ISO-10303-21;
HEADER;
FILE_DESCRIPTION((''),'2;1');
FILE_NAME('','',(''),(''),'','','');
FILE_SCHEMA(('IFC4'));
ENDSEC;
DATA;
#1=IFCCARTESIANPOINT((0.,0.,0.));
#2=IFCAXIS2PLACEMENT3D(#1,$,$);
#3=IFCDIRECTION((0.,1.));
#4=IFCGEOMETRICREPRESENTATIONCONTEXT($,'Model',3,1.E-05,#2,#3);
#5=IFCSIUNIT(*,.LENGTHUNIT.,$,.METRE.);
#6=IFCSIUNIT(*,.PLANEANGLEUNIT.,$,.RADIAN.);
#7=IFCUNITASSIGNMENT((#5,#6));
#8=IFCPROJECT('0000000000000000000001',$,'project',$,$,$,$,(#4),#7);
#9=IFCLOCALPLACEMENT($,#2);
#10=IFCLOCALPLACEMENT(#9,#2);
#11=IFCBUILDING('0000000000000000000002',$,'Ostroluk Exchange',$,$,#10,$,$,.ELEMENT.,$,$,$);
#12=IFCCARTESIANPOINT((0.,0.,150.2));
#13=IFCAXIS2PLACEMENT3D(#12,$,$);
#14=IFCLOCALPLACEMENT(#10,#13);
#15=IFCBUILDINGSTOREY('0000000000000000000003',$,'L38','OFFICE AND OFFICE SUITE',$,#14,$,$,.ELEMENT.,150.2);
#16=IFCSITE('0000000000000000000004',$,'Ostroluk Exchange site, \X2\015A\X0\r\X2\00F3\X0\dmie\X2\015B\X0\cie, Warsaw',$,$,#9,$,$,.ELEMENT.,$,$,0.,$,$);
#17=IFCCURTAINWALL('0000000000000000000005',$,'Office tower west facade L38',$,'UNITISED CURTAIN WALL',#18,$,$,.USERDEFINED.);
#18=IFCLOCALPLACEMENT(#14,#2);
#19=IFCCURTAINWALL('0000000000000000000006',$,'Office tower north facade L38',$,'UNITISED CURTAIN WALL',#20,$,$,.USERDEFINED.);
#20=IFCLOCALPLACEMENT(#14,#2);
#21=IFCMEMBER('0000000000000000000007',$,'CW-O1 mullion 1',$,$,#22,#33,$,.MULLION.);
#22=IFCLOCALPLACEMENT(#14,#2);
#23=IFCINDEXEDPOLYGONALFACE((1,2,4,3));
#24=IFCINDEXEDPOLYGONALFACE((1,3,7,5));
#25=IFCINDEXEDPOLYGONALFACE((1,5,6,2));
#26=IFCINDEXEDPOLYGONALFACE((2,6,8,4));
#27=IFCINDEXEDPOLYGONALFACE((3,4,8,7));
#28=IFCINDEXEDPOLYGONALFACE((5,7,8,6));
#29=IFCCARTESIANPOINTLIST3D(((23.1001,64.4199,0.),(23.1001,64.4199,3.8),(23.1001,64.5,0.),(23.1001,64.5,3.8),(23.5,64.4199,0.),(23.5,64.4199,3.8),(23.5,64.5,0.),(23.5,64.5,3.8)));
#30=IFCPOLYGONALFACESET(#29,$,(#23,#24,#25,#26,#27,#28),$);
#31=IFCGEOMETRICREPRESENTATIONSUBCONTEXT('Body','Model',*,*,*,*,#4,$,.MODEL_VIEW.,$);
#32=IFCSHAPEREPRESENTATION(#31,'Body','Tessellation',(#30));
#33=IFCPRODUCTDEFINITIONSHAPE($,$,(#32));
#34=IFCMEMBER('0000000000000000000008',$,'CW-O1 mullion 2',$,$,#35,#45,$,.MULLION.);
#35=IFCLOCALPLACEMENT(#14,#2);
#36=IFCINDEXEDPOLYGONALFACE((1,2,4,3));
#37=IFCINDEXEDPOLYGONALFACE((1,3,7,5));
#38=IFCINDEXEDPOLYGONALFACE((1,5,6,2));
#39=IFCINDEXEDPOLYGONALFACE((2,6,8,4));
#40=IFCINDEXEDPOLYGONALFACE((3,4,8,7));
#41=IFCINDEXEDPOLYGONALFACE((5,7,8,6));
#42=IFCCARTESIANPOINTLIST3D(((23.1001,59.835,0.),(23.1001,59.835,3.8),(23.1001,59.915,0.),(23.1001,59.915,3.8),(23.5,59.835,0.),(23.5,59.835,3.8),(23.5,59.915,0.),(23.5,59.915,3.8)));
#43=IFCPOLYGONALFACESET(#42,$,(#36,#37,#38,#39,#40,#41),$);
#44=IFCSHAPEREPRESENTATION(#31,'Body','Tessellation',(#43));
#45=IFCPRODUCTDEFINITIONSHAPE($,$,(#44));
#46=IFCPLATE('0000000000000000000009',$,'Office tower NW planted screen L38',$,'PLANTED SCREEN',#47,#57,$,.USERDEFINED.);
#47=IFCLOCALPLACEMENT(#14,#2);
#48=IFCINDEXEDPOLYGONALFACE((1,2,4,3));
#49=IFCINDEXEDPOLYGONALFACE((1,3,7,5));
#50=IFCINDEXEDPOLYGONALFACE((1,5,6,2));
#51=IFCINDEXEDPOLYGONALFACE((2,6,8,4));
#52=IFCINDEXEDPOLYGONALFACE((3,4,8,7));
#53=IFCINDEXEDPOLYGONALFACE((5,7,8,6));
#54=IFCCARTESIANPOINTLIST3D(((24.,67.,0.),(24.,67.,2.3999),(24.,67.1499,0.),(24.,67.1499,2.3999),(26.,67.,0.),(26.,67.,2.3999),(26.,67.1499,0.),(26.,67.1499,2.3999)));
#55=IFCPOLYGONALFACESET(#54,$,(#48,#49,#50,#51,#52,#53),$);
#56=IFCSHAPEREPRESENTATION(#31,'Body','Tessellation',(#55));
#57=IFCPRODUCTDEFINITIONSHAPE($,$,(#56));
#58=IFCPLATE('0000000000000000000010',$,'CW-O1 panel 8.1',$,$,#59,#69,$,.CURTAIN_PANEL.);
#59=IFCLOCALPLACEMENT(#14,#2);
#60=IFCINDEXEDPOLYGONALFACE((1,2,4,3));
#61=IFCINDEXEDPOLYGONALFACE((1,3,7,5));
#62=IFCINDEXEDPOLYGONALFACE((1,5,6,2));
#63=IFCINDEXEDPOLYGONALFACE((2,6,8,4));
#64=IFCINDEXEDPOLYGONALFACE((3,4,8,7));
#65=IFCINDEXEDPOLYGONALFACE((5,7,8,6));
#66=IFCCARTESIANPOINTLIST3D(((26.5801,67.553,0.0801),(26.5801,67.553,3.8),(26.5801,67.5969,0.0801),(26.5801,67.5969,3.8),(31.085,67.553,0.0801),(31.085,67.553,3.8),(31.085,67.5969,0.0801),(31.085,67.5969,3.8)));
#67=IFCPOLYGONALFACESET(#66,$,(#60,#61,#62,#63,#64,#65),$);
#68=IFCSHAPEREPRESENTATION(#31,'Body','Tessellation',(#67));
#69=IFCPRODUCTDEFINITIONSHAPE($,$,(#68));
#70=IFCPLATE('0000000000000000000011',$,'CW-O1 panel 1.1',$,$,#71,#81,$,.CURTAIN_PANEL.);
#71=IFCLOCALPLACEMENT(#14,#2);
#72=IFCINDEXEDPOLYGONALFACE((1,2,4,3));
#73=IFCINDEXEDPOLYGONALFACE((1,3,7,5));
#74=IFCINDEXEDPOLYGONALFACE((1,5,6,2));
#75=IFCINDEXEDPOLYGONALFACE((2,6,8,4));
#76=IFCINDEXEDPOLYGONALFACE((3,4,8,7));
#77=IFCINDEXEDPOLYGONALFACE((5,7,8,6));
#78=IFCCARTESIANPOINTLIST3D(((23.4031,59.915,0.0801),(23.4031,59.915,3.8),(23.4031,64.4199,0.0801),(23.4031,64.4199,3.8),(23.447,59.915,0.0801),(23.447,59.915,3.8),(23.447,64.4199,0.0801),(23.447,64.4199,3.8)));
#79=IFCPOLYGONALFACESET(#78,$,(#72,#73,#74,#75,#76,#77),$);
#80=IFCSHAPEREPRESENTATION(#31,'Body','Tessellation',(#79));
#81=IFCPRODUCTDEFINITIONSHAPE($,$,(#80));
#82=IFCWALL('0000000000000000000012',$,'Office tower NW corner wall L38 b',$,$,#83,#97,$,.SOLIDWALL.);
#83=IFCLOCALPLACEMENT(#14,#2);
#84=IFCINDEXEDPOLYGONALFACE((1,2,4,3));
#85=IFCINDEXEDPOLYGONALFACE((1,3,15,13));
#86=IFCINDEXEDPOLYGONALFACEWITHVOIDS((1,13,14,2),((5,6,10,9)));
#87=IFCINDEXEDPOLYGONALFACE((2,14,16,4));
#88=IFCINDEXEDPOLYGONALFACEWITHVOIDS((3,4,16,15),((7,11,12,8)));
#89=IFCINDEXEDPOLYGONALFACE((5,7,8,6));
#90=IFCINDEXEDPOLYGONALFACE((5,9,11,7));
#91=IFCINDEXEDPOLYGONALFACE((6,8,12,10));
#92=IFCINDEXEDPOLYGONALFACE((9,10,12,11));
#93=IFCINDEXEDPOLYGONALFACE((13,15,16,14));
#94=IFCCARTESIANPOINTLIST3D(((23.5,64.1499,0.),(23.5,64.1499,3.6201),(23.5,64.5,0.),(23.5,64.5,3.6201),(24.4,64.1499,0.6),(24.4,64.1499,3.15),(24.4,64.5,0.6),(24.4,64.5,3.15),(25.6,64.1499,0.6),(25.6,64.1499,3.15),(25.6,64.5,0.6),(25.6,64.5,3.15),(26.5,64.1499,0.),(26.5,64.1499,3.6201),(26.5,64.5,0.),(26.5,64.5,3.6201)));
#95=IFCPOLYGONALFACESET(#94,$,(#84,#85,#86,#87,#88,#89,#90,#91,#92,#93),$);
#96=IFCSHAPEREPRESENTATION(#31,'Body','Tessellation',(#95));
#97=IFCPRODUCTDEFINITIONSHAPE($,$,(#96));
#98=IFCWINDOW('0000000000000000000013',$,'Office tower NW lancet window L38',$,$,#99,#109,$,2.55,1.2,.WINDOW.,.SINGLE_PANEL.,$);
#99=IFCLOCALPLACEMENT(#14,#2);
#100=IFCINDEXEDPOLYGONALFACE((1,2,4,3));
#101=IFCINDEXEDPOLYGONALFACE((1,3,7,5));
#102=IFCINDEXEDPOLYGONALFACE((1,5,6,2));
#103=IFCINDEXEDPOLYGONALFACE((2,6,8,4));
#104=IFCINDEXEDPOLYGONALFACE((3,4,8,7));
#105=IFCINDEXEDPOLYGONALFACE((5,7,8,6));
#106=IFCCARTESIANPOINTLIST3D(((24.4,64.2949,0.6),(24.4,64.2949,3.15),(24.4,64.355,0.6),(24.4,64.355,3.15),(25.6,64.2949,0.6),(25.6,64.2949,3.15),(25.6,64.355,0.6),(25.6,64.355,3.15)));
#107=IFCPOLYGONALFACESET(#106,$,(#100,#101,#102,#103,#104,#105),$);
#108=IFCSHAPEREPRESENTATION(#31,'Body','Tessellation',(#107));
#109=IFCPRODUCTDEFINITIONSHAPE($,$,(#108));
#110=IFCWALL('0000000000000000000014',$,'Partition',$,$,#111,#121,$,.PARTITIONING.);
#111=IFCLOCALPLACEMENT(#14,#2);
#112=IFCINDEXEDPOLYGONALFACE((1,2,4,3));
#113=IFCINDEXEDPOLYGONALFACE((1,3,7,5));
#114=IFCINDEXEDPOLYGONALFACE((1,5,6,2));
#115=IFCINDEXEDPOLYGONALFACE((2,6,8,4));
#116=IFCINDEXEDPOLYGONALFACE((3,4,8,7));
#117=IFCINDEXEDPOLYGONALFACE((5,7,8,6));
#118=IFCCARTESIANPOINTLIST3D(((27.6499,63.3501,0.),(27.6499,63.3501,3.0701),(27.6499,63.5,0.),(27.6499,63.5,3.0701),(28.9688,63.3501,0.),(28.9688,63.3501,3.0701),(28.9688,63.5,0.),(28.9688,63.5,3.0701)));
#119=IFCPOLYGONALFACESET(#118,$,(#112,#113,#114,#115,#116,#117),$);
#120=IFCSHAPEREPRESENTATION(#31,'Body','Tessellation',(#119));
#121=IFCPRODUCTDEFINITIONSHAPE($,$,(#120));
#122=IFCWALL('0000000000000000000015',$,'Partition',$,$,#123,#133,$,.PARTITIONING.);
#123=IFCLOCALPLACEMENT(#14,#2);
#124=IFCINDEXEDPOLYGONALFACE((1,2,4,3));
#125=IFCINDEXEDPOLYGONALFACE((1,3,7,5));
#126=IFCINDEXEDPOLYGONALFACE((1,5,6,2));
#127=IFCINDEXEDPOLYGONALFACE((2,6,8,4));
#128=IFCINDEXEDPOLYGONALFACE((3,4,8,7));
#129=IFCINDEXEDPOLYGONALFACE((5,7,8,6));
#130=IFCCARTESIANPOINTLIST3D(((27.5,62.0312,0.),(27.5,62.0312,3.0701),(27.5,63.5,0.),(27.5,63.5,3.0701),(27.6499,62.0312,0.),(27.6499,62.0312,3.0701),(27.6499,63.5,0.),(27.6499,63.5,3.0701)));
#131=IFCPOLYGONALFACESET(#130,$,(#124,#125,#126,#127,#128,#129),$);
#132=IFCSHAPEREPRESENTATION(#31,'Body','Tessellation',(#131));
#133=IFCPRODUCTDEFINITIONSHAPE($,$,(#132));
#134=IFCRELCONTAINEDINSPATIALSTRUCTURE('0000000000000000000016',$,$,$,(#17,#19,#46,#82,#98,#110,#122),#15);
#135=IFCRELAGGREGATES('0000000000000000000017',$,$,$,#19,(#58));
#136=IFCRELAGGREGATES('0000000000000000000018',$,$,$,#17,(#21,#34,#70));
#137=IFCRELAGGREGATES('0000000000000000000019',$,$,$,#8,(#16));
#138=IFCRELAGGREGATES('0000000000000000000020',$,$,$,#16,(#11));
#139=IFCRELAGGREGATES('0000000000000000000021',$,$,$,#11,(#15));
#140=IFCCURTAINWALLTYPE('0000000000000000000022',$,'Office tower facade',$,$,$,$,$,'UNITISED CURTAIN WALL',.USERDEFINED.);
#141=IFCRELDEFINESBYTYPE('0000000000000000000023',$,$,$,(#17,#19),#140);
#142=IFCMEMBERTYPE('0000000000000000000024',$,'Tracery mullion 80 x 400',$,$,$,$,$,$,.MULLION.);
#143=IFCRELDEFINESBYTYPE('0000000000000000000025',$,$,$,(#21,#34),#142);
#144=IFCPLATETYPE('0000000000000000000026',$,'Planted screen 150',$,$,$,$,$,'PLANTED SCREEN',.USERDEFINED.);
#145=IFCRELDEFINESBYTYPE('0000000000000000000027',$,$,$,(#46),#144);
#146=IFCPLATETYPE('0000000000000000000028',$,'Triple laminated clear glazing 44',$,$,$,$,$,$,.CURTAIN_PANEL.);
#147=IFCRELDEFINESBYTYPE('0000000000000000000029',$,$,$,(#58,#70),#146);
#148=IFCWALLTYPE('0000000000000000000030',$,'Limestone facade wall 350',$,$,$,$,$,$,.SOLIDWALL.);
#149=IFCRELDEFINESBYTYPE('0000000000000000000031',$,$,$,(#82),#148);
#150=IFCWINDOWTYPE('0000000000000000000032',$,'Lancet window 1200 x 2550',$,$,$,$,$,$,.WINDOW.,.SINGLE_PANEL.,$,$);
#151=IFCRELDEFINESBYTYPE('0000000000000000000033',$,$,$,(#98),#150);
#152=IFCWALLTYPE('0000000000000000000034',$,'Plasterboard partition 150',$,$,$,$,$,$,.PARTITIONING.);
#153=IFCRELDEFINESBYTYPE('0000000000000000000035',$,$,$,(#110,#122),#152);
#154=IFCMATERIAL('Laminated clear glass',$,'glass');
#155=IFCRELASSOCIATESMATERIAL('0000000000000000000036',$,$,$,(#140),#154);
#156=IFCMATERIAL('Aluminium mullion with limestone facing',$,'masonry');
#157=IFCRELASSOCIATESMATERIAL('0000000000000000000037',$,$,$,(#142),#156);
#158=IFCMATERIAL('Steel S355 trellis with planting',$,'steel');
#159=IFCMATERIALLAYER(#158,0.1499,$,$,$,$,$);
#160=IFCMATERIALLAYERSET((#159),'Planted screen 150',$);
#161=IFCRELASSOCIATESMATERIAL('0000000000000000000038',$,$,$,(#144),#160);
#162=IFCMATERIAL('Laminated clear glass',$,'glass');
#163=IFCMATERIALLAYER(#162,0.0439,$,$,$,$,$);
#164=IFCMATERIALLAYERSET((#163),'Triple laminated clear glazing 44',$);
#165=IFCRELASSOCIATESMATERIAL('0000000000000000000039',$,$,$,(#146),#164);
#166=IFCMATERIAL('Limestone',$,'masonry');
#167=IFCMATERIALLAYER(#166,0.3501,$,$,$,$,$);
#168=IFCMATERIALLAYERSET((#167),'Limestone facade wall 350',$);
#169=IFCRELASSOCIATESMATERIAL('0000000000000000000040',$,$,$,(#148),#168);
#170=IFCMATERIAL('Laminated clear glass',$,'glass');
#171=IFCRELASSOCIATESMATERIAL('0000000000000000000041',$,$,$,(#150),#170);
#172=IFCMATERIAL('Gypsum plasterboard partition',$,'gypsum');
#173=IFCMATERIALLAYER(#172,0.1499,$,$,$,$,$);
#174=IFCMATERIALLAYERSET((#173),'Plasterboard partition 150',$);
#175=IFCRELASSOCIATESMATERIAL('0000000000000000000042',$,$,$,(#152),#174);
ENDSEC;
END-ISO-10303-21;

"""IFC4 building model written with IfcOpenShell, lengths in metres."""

from ifc_helpers import new_model, si_unit, direction, frame, frame_2d, origin, origin_2d, place, context, subcontext, project, spatial, rectangle, extrude, material, layer, layer_set, material_profile, profile_set, type_object, element, fill, aggregate, save


model = new_model("IFC4")

# Units and contexts
model_context = context("Model", 3, precision=1e-05, world=origin(), true_north=direction((0.0, 1.0)))
body_context = subcontext(model_context, "Body", "Model", "MODEL_VIEW")
ifc_project = project(units=[si_unit("LENGTHUNIT", "METRE"), si_unit("PLANEANGLEUNIT", "RADIAN")], contexts=[model_context])

# Site, building, storey
site_placement = place(None, origin())
site = spatial("IfcSite", under=ifc_project, at=site_placement, Name="Ostroluk Exchange site, Śródmieście, Warsaw", CompositionType="ELEMENT", RefElevation=0.0)
building_placement = place(site_placement, origin())
building = spatial("IfcBuilding", under=site, at=building_placement, Name="Ostroluk Exchange", CompositionType="ELEMENT")
storey_placement = place(building_placement, frame((0.0, 0.0, 150.2)))
storey = spatial("IfcBuildingStorey", under=building, at=storey_placement, Name="L38", Description="OFFICE AND OFFICE SUITE", CompositionType="ELEMENT", Elevation=150.2)

# Curtain wall
ifc_material_1 = material(Name="Laminated clear glass", Category="glass")
curtain_wall_type = type_object("IfcCurtainWallType", Name="Office tower facade", ElementType="UNITISED CURTAIN WALL", PredefinedType="USERDEFINED", material=ifc_material_1)
curtain_wall_1_placement = place(storey_placement, origin())
curtain_wall_1 = element("IfcCurtainWall", 1, at=curtain_wall_1_placement, inside=storey, type_object=curtain_wall_type, Name="Office tower west facade L38", ObjectType="UNITISED CURTAIN WALL", PredefinedType="USERDEFINED")

# Curtain wall
curtain_wall_2_placement = place(storey_placement, origin())
curtain_wall_2 = element("IfcCurtainWall", 2, at=curtain_wall_2_placement, inside=storey, type_object=curtain_wall_type, Name="Office tower north facade L38", ObjectType="UNITISED CURTAIN WALL", PredefinedType="USERDEFINED")
ifc_material_2 = material(Name="Aluminium mullion with limestone facing", Category="masonry")
ifc_material_profile_1 = material_profile(ifc_material_2, rectangle(XDim=0.3999, YDim=0.0801, at=origin_2d()), Name="Tracery mullion 80 x 400")
ifc_profile_set_1 = profile_set([ifc_material_profile_1], Name="Aluminium mullion with limestone facing")
member_type_1 = type_object("IfcMemberType", Name="Tracery mullion 80 x 400", PredefinedType="MULLION", material=ifc_profile_set_1)

# Members
member_1_placement = place(storey_placement, frame((23.3, 64.46, 0.0), z_axis=(0.0, 0.0, 1.0), x_axis=(1.0, 0.0, 0.0)))
member_1 = element("IfcMember", 3, at=member_1_placement, type_object=member_type_1, Name="CW-O1 mullion 1", PredefinedType="MULLION", context=body_context, shape_type="SweptSolid", body=[
    extrude(rectangle(XDim=0.3999, YDim=0.0801, at=origin_2d()), origin(), (0.0, 0.0, 1.0), 3.8),
])
member_2_placement = place(storey_placement, frame((23.3, 59.875, 0.0), z_axis=(0.0, 0.0, 1.0), x_axis=(1.0, 0.0, 0.0)))
member_2 = element("IfcMember", 4, at=member_2_placement, type_object=member_type_1, Name="CW-O1 mullion 2", PredefinedType="MULLION", context=body_context, shape_type="SweptSolid", body=[
    extrude(rectangle(XDim=0.3999, YDim=0.0801, at=origin_2d()), origin(), (0.0, 0.0, 1.0), 3.8),
])

# Plates
ifc_material_3 = material(Name="Steel S355 trellis with planting", Category="steel")
ifc_layer_1 = layer(ifc_material_3, 0.1499)
ifc_layer_set_1 = layer_set([ifc_layer_1], Name="Planted screen 150")
plate_type_1 = type_object("IfcPlateType", Name="Planted screen 150", ElementType="PLANTED SCREEN", PredefinedType="USERDEFINED", material=ifc_layer_set_1)
plate_1_placement = place(storey_placement, frame((25.0, 67.075, 0.0), z_axis=(0.0, 0.0, 1.0), x_axis=(1.0, 0.0, 0.0)))
element("IfcPlate", 5, at=plate_1_placement, inside=storey, type_object=plate_type_1, Name="Office tower NW planted screen L38", ObjectType="PLANTED SCREEN", PredefinedType="USERDEFINED", context=body_context, shape_type="SweptSolid", body=[
    extrude(rectangle(XDim=2.0, YDim=0.1499, at=origin_2d()), origin(), (0.0, 0.0, 1.0), 2.3999),
])
ifc_material_4 = material(Name="Laminated clear glass", Category="glass")
ifc_layer_2 = layer(ifc_material_4, 0.0439)
ifc_layer_set_2 = layer_set([ifc_layer_2], Name="Triple laminated clear glazing 44")
plate_type_2 = type_object("IfcPlateType", Name="Triple laminated clear glazing 44", PredefinedType="CURTAIN_PANEL", material=ifc_layer_set_2)
plate_2_placement = place(storey_placement, frame((28.8325, 67.575, 0.0801), z_axis=(0.0, 0.0, 1.0), x_axis=(-1.0, 0.0, 0.0)))
plate_2 = element("IfcPlate", 6, at=plate_2_placement, type_object=plate_type_2, Name="CW-O1 panel 8.1", PredefinedType="CURTAIN_PANEL", context=body_context, shape_type="SweptSolid", body=[
    extrude(rectangle(XDim=4.5049, YDim=0.0439, at=origin_2d()), origin(), (0.0, 0.0, 1.0), 3.72),
])
aggregate(curtain_wall_2, [plate_2])
plate_3_placement = place(storey_placement, frame((23.425, 62.1675, 0.0801), z_axis=(0.0, 0.0, 1.0), x_axis=(0.0, -1.0, 0.0)))
plate_3 = element("IfcPlate", 7, at=plate_3_placement, type_object=plate_type_2, Name="CW-O1 panel 1.1", PredefinedType="CURTAIN_PANEL", context=body_context, shape_type="SweptSolid", body=[
    extrude(rectangle(XDim=4.5049, YDim=0.0439, at=origin_2d()), origin(), (0.0, 0.0, 1.0), 3.72),
])
aggregate(curtain_wall_1, [member_1, member_2, plate_3])

# Shared definitions
ifc_material_5 = material(Name="Limestone", Category="masonry")
ifc_layer_3 = layer(ifc_material_5, 0.3501)
ifc_layer_set_3 = layer_set([ifc_layer_3], Name="Limestone facade wall 350")
wall_type_1 = type_object("IfcWallType", Name="Limestone facade wall 350", PredefinedType="SOLIDWALL", material=ifc_layer_set_3)

# Wall, opening, window
wall_1_placement = place(storey_placement, frame((26.5, 64.325, 0.0), z_axis=(0.0, 0.0, 1.0), x_axis=(-1.0, 0.0, 0.0)))
wall_1 = element("IfcWall", 8, at=wall_1_placement, inside=storey, type_object=wall_type_1, Name="Office tower NW corner wall L38 b", PredefinedType="SOLIDWALL", context=body_context, shape_type="SweptSolid", body=[
    extrude(rectangle(XDim=3.0, YDim=0.3501, at=frame_2d((1.5, 0.0))), origin(), (0.0, 0.0, 1.0), 3.6201),
])
opening_1_placement = place(wall_1_placement, frame((0.8999, 0.0, 0.6001)))
opening_1 = element("IfcOpeningElement", 9, at=opening_1_placement, cuts=wall_1, PredefinedType="OPENING", context=body_context, shape_type="SweptSolid", body=[
    extrude(rectangle(XDim=1.2, YDim=2.55, at=frame_2d((0.6001, 1.2749))), frame((0.0, 0.1851, 0.0), z_axis=(0.0, -1.0, 0.0), x_axis=(1.0, 0.0, 0.0)), (0.0, 0.0, 1.0), 0.3701),
])
ifc_material_6 = material(Name="Laminated clear glass", Category="glass")
window_type = type_object("IfcWindowType", Name="Lancet window 1200 x 2550", PartitioningType="SINGLE_PANEL", PredefinedType="WINDOW", material=ifc_material_6)
window_placement = place(opening_1_placement, origin())
window = element("IfcWindow", 10, at=window_placement, inside=storey, type_object=window_type, Name="Office tower NW lancet window L38", OverallHeight=2.55, OverallWidth=1.2, PartitioningType="SINGLE_PANEL", PredefinedType="WINDOW", context=body_context, shape_type="SweptSolid", body=[
    extrude(rectangle(XDim=1.2, YDim=2.55, at=frame_2d((0.6001, 1.2749))), frame((0.0, 0.03, 0.0), z_axis=(0.0, -1.0, 0.0), x_axis=(1.0, 0.0, 0.0)), (0.0, 0.0, 1.0), 0.0601),
])
fill(opening_1, window)

# Walls
ifc_material_7 = material(Name="Gypsum plasterboard partition", Category="gypsum")
ifc_layer_4 = layer(ifc_material_7, 0.1499)
ifc_layer_set_4 = layer_set([ifc_layer_4], Name="Plasterboard partition 150")
wall_type_2 = type_object("IfcWallType", Name="Plasterboard partition 150", PredefinedType="PARTITIONING", material=ifc_layer_set_4)
wall_2_placement = place(storey_placement, frame((28.9688, 63.425, 0.0), z_axis=(0.0, 0.0, 1.0), x_axis=(-1.0, 0.0, 0.0)))
element("IfcWall", 11, at=wall_2_placement, inside=storey, type_object=wall_type_2, Name="Partition", PredefinedType="PARTITIONING", context=body_context, shape_type="SweptSolid", body=[
    extrude(rectangle(XDim=1.3188, YDim=0.1499, at=frame_2d((0.6594, 0.0))), origin(), (0.0, 0.0, 1.0), 3.0701),
])
wall_3_placement = place(storey_placement, frame((27.575, 63.5, 0.0), z_axis=(0.0, 0.0, 1.0), x_axis=(0.0, -1.0, 0.0)))
element("IfcWall", 12, at=wall_3_placement, inside=storey, type_object=wall_type_2, Name="Partition", PredefinedType="PARTITIONING", context=body_context, shape_type="SweptSolid", body=[
    extrude(rectangle(XDim=1.4688, YDim=0.1499, at=frame_2d((0.7344, 0.0))), origin(), (0.0, 0.0, 1.0), 3.0701),
])

save(model, "model.ifc")
